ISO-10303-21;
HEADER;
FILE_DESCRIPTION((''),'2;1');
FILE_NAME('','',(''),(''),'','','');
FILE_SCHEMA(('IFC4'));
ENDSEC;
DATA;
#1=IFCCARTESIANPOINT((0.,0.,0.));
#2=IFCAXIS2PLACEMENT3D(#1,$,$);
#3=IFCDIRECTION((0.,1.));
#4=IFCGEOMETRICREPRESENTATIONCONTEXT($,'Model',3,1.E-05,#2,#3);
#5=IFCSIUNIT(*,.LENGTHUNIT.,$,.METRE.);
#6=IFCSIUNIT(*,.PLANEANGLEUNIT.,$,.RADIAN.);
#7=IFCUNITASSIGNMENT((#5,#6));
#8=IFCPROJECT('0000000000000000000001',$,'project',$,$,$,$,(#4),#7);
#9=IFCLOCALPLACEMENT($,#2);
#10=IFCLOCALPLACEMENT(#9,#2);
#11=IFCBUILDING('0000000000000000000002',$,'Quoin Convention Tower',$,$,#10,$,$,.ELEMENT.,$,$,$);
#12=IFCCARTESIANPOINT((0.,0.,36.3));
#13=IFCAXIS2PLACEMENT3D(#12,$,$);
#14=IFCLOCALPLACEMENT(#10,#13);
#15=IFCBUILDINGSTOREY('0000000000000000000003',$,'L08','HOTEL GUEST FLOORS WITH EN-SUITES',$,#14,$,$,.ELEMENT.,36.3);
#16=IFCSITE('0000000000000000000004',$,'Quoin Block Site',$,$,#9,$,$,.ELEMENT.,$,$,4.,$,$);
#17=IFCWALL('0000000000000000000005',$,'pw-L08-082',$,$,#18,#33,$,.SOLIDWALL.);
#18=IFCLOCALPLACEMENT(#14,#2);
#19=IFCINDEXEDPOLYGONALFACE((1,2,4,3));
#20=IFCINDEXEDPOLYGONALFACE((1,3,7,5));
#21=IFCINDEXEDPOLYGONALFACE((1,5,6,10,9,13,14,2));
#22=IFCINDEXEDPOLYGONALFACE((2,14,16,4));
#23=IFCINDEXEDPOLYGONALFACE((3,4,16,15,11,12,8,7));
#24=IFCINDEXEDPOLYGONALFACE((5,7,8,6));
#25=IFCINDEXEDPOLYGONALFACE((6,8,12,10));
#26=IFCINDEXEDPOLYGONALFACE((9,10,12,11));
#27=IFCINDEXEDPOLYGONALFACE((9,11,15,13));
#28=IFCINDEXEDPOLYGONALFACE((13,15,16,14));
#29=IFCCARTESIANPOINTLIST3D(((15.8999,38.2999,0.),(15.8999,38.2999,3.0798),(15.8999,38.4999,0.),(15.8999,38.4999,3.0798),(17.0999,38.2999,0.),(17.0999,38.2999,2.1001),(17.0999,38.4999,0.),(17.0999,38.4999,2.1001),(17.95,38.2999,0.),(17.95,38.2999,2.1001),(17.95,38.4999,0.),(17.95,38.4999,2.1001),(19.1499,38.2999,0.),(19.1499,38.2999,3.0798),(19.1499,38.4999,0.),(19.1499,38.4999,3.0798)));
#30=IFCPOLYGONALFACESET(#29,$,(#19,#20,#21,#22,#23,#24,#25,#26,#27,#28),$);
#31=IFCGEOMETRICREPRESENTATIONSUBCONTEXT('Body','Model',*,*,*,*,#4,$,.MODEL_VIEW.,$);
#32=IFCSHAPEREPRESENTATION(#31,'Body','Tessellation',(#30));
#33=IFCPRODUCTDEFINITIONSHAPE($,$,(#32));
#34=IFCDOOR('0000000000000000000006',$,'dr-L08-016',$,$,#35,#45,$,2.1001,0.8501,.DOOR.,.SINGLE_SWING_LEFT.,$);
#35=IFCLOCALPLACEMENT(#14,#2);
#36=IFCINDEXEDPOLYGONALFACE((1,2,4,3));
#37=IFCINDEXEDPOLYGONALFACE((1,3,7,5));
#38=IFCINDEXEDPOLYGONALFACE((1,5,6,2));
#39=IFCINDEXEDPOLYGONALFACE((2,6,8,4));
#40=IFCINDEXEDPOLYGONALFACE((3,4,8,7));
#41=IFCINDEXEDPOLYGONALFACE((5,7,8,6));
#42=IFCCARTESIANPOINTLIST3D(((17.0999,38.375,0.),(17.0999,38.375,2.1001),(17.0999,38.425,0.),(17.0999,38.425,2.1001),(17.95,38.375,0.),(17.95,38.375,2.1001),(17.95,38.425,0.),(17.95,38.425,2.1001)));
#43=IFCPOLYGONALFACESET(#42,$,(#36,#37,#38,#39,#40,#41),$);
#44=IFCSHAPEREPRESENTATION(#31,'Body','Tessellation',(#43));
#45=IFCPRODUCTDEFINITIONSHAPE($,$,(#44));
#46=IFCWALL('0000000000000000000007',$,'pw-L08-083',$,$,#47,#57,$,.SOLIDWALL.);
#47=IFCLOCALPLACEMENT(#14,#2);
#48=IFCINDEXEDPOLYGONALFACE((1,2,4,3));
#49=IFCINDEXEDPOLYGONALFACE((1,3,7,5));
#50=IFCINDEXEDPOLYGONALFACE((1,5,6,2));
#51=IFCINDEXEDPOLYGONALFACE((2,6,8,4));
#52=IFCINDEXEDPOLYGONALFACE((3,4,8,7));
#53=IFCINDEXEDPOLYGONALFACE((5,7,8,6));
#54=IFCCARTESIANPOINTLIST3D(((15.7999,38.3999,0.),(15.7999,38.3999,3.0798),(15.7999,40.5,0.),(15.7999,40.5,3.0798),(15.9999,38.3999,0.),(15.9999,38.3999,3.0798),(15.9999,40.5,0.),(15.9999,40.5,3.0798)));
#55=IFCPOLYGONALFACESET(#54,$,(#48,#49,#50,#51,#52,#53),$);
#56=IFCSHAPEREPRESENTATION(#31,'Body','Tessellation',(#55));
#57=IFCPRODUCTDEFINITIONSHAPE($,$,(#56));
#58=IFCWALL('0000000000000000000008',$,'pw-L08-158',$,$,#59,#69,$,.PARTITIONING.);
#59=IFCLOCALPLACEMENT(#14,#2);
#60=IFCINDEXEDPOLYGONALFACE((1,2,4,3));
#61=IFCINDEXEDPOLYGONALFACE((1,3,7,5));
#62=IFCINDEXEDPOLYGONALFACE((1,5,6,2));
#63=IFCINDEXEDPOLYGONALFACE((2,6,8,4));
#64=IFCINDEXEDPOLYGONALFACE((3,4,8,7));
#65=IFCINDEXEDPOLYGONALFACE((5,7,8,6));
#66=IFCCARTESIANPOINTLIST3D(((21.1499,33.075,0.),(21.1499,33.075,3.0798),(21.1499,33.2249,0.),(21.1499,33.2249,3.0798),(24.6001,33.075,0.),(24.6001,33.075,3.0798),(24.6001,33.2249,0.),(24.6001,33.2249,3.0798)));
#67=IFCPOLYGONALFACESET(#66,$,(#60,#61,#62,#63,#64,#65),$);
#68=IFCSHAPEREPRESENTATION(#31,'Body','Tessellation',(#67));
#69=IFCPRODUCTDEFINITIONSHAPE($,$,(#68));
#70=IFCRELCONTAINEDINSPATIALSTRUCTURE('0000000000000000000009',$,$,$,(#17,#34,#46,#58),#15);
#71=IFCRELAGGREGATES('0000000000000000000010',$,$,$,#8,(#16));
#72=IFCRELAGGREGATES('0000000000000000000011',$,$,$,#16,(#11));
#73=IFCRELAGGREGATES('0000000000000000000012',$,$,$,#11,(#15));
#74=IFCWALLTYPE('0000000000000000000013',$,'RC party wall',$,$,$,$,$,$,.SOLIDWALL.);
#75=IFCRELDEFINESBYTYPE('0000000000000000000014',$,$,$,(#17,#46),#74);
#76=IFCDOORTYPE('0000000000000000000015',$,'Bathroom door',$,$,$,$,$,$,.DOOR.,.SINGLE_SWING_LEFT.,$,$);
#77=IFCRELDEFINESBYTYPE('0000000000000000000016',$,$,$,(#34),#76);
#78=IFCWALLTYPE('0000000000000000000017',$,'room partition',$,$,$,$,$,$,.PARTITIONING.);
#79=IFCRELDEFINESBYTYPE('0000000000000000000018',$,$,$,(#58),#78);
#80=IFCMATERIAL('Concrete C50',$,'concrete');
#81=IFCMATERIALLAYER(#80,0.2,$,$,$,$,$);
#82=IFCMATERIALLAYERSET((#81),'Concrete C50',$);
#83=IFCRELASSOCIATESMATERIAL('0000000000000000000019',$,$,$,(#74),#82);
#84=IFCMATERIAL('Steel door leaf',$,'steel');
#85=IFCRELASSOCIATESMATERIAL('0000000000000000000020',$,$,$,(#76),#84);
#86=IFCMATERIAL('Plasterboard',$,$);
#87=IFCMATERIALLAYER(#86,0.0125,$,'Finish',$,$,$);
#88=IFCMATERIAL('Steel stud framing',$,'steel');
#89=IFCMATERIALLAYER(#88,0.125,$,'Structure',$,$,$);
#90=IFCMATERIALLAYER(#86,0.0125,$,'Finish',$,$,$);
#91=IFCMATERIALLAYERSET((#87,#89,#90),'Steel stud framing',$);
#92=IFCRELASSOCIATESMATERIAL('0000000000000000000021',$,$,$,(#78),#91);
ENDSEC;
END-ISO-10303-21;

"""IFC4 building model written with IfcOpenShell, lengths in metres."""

from ifc_helpers import new_model, si_unit, direction, frame, frame_2d, origin, place, context, subcontext, project, spatial, rectangle, extrude, material, layer, layer_set, type_object, element, fill, save


model = new_model("IFC4")

# Units and contexts
model_context = context("Model", 3, precision=1e-05, world=origin(), true_north=direction((0.0, 1.0)))
body_context = subcontext(model_context, "Body", "Model", "MODEL_VIEW")
ifc_project = project(units=[si_unit("LENGTHUNIT", "METRE"), si_unit("PLANEANGLEUNIT", "RADIAN")], contexts=[model_context])

# Site, building, storey
site_placement = place(None, origin())
site = spatial("IfcSite", under=ifc_project, at=site_placement, Name="Quoin Block Site", CompositionType="ELEMENT", RefElevation=4.0)
building_placement = place(site_placement, origin())
building = spatial("IfcBuilding", under=site, at=building_placement, Name="Quoin Convention Tower", CompositionType="ELEMENT")
storey_placement = place(building_placement, frame((0.0, 0.0, 36.3)))
storey = spatial("IfcBuildingStorey", under=building, at=storey_placement, Name="L08", Description="HOTEL GUEST FLOORS WITH EN-SUITES", CompositionType="ELEMENT", Elevation=36.3)

# Shared definitions
ifc_material_1 = material(Name="Concrete C50", Category="concrete")
ifc_layer_1 = layer(ifc_material_1, 0.2)
ifc_layer_set_1 = layer_set([ifc_layer_1], Name="Concrete C50")
wall_type_1 = type_object("IfcWallType", Name="RC party wall", PredefinedType="SOLIDWALL", material=ifc_layer_set_1)
ifc_material_2 = material(Name="Steel door leaf", Category="steel")
door_type = type_object("IfcDoorType", Name="Bathroom door", OperationType="SINGLE_SWING_LEFT", PredefinedType="DOOR", material=ifc_material_2)

# Wall, opening, door
wall_1_placement = place(storey_placement, frame((15.8999, 38.3999, 0.0), z_axis=(0.0, 0.0, 1.0), x_axis=(1.0, 0.0, 0.0)))
wall_1 = element("IfcWall", 1, at=wall_1_placement, inside=storey, type_object=wall_type_1, Name="pw-L08-082", PredefinedType="SOLIDWALL", context=body_context, shape_type="SweptSolid", body=[
    extrude(rectangle(XDim=3.25, YDim=0.2, at=frame_2d((1.625, 0.0))), origin(), (0.0, 0.0, 1.0), 3.0798),
])
opening_1_placement = place(wall_1_placement, frame((1.2, 0.0, 0.0)))
opening_1 = element("IfcOpeningElement", 2, at=opening_1_placement, cuts=wall_1, PredefinedType="OPENING", context=body_context, shape_type="SweptSolid", body=[
    extrude(rectangle(XDim=0.8501, YDim=2.1001, at=frame_2d((0.425, 1.05))), frame((0.0, 0.1099, 0.0), z_axis=(0.0, -1.0, 0.0), x_axis=(1.0, 0.0, 0.0)), (0.0, 0.0, 1.0), 0.22),
])
door_1_placement = place(opening_1_placement, frame((0.8501, 0.0, 0.0), z_axis=(0.0, 0.0, 1.0), x_axis=(-1.0, 0.0, 0.0)))
door_1 = element("IfcDoor", 3, at=door_1_placement, inside=storey, type_object=door_type, Name="dr-L08-016", OperationType="SINGLE_SWING_LEFT", OverallHeight=2.1001, OverallWidth=0.8501, PredefinedType="DOOR", context=body_context, shape_type="SweptSolid", body=[
    extrude(rectangle(XDim=0.8501, YDim=2.1001, at=frame_2d((0.425, 1.05))), frame((0.0, 0.0249, 0.0), z_axis=(0.0, -1.0, 0.0), x_axis=(1.0, 0.0, 0.0)), (0.0, 0.0, 1.0), 0.05),
])
fill(opening_1, door_1)

# Walls
wall_2_placement = place(storey_placement, frame((15.8999, 38.3999, 0.0), z_axis=(0.0, 0.0, 1.0), x_axis=(0.0, 1.0, 0.0)))
element("IfcWall", 4, at=wall_2_placement, inside=storey, type_object=wall_type_1, Name="pw-L08-083", PredefinedType="SOLIDWALL", context=body_context, shape_type="SweptSolid", body=[
    extrude(rectangle(XDim=2.1001, YDim=0.2, at=frame_2d((1.05, 0.0))), origin(), (0.0, 0.0, 1.0), 3.0798),
])
ifc_material_3 = material(Name="Plasterboard")
ifc_layer_2 = layer(ifc_material_3, 0.0125, Name="Finish")
ifc_material_4 = material(Name="Steel stud framing", Category="steel")
ifc_layer_3 = layer(ifc_material_4, 0.125, Name="Structure")
ifc_layer_4 = layer(ifc_material_3, 0.0125, Name="Finish")
ifc_layer_set_2 = layer_set([ifc_layer_2, ifc_layer_3, ifc_layer_4], Name="Steel stud framing")
wall_type_2 = type_object("IfcWallType", Name="room partition", PredefinedType="PARTITIONING", material=ifc_layer_set_2)
wall_3_placement = place(storey_placement, frame((21.1499, 33.1499, 0.0), z_axis=(0.0, 0.0, 1.0), x_axis=(1.0, 0.0, 0.0)))
element("IfcWall", 5, at=wall_3_placement, inside=storey, type_object=wall_type_2, Name="pw-L08-158", PredefinedType="PARTITIONING", context=body_context, shape_type="SweptSolid", body=[
    extrude(rectangle(XDim=3.4502, YDim=0.1499, at=frame_2d((1.7251, 0.0))), origin(), (0.0, 0.0, 1.0), 3.0798),
])

save(model, "model.ifc")
